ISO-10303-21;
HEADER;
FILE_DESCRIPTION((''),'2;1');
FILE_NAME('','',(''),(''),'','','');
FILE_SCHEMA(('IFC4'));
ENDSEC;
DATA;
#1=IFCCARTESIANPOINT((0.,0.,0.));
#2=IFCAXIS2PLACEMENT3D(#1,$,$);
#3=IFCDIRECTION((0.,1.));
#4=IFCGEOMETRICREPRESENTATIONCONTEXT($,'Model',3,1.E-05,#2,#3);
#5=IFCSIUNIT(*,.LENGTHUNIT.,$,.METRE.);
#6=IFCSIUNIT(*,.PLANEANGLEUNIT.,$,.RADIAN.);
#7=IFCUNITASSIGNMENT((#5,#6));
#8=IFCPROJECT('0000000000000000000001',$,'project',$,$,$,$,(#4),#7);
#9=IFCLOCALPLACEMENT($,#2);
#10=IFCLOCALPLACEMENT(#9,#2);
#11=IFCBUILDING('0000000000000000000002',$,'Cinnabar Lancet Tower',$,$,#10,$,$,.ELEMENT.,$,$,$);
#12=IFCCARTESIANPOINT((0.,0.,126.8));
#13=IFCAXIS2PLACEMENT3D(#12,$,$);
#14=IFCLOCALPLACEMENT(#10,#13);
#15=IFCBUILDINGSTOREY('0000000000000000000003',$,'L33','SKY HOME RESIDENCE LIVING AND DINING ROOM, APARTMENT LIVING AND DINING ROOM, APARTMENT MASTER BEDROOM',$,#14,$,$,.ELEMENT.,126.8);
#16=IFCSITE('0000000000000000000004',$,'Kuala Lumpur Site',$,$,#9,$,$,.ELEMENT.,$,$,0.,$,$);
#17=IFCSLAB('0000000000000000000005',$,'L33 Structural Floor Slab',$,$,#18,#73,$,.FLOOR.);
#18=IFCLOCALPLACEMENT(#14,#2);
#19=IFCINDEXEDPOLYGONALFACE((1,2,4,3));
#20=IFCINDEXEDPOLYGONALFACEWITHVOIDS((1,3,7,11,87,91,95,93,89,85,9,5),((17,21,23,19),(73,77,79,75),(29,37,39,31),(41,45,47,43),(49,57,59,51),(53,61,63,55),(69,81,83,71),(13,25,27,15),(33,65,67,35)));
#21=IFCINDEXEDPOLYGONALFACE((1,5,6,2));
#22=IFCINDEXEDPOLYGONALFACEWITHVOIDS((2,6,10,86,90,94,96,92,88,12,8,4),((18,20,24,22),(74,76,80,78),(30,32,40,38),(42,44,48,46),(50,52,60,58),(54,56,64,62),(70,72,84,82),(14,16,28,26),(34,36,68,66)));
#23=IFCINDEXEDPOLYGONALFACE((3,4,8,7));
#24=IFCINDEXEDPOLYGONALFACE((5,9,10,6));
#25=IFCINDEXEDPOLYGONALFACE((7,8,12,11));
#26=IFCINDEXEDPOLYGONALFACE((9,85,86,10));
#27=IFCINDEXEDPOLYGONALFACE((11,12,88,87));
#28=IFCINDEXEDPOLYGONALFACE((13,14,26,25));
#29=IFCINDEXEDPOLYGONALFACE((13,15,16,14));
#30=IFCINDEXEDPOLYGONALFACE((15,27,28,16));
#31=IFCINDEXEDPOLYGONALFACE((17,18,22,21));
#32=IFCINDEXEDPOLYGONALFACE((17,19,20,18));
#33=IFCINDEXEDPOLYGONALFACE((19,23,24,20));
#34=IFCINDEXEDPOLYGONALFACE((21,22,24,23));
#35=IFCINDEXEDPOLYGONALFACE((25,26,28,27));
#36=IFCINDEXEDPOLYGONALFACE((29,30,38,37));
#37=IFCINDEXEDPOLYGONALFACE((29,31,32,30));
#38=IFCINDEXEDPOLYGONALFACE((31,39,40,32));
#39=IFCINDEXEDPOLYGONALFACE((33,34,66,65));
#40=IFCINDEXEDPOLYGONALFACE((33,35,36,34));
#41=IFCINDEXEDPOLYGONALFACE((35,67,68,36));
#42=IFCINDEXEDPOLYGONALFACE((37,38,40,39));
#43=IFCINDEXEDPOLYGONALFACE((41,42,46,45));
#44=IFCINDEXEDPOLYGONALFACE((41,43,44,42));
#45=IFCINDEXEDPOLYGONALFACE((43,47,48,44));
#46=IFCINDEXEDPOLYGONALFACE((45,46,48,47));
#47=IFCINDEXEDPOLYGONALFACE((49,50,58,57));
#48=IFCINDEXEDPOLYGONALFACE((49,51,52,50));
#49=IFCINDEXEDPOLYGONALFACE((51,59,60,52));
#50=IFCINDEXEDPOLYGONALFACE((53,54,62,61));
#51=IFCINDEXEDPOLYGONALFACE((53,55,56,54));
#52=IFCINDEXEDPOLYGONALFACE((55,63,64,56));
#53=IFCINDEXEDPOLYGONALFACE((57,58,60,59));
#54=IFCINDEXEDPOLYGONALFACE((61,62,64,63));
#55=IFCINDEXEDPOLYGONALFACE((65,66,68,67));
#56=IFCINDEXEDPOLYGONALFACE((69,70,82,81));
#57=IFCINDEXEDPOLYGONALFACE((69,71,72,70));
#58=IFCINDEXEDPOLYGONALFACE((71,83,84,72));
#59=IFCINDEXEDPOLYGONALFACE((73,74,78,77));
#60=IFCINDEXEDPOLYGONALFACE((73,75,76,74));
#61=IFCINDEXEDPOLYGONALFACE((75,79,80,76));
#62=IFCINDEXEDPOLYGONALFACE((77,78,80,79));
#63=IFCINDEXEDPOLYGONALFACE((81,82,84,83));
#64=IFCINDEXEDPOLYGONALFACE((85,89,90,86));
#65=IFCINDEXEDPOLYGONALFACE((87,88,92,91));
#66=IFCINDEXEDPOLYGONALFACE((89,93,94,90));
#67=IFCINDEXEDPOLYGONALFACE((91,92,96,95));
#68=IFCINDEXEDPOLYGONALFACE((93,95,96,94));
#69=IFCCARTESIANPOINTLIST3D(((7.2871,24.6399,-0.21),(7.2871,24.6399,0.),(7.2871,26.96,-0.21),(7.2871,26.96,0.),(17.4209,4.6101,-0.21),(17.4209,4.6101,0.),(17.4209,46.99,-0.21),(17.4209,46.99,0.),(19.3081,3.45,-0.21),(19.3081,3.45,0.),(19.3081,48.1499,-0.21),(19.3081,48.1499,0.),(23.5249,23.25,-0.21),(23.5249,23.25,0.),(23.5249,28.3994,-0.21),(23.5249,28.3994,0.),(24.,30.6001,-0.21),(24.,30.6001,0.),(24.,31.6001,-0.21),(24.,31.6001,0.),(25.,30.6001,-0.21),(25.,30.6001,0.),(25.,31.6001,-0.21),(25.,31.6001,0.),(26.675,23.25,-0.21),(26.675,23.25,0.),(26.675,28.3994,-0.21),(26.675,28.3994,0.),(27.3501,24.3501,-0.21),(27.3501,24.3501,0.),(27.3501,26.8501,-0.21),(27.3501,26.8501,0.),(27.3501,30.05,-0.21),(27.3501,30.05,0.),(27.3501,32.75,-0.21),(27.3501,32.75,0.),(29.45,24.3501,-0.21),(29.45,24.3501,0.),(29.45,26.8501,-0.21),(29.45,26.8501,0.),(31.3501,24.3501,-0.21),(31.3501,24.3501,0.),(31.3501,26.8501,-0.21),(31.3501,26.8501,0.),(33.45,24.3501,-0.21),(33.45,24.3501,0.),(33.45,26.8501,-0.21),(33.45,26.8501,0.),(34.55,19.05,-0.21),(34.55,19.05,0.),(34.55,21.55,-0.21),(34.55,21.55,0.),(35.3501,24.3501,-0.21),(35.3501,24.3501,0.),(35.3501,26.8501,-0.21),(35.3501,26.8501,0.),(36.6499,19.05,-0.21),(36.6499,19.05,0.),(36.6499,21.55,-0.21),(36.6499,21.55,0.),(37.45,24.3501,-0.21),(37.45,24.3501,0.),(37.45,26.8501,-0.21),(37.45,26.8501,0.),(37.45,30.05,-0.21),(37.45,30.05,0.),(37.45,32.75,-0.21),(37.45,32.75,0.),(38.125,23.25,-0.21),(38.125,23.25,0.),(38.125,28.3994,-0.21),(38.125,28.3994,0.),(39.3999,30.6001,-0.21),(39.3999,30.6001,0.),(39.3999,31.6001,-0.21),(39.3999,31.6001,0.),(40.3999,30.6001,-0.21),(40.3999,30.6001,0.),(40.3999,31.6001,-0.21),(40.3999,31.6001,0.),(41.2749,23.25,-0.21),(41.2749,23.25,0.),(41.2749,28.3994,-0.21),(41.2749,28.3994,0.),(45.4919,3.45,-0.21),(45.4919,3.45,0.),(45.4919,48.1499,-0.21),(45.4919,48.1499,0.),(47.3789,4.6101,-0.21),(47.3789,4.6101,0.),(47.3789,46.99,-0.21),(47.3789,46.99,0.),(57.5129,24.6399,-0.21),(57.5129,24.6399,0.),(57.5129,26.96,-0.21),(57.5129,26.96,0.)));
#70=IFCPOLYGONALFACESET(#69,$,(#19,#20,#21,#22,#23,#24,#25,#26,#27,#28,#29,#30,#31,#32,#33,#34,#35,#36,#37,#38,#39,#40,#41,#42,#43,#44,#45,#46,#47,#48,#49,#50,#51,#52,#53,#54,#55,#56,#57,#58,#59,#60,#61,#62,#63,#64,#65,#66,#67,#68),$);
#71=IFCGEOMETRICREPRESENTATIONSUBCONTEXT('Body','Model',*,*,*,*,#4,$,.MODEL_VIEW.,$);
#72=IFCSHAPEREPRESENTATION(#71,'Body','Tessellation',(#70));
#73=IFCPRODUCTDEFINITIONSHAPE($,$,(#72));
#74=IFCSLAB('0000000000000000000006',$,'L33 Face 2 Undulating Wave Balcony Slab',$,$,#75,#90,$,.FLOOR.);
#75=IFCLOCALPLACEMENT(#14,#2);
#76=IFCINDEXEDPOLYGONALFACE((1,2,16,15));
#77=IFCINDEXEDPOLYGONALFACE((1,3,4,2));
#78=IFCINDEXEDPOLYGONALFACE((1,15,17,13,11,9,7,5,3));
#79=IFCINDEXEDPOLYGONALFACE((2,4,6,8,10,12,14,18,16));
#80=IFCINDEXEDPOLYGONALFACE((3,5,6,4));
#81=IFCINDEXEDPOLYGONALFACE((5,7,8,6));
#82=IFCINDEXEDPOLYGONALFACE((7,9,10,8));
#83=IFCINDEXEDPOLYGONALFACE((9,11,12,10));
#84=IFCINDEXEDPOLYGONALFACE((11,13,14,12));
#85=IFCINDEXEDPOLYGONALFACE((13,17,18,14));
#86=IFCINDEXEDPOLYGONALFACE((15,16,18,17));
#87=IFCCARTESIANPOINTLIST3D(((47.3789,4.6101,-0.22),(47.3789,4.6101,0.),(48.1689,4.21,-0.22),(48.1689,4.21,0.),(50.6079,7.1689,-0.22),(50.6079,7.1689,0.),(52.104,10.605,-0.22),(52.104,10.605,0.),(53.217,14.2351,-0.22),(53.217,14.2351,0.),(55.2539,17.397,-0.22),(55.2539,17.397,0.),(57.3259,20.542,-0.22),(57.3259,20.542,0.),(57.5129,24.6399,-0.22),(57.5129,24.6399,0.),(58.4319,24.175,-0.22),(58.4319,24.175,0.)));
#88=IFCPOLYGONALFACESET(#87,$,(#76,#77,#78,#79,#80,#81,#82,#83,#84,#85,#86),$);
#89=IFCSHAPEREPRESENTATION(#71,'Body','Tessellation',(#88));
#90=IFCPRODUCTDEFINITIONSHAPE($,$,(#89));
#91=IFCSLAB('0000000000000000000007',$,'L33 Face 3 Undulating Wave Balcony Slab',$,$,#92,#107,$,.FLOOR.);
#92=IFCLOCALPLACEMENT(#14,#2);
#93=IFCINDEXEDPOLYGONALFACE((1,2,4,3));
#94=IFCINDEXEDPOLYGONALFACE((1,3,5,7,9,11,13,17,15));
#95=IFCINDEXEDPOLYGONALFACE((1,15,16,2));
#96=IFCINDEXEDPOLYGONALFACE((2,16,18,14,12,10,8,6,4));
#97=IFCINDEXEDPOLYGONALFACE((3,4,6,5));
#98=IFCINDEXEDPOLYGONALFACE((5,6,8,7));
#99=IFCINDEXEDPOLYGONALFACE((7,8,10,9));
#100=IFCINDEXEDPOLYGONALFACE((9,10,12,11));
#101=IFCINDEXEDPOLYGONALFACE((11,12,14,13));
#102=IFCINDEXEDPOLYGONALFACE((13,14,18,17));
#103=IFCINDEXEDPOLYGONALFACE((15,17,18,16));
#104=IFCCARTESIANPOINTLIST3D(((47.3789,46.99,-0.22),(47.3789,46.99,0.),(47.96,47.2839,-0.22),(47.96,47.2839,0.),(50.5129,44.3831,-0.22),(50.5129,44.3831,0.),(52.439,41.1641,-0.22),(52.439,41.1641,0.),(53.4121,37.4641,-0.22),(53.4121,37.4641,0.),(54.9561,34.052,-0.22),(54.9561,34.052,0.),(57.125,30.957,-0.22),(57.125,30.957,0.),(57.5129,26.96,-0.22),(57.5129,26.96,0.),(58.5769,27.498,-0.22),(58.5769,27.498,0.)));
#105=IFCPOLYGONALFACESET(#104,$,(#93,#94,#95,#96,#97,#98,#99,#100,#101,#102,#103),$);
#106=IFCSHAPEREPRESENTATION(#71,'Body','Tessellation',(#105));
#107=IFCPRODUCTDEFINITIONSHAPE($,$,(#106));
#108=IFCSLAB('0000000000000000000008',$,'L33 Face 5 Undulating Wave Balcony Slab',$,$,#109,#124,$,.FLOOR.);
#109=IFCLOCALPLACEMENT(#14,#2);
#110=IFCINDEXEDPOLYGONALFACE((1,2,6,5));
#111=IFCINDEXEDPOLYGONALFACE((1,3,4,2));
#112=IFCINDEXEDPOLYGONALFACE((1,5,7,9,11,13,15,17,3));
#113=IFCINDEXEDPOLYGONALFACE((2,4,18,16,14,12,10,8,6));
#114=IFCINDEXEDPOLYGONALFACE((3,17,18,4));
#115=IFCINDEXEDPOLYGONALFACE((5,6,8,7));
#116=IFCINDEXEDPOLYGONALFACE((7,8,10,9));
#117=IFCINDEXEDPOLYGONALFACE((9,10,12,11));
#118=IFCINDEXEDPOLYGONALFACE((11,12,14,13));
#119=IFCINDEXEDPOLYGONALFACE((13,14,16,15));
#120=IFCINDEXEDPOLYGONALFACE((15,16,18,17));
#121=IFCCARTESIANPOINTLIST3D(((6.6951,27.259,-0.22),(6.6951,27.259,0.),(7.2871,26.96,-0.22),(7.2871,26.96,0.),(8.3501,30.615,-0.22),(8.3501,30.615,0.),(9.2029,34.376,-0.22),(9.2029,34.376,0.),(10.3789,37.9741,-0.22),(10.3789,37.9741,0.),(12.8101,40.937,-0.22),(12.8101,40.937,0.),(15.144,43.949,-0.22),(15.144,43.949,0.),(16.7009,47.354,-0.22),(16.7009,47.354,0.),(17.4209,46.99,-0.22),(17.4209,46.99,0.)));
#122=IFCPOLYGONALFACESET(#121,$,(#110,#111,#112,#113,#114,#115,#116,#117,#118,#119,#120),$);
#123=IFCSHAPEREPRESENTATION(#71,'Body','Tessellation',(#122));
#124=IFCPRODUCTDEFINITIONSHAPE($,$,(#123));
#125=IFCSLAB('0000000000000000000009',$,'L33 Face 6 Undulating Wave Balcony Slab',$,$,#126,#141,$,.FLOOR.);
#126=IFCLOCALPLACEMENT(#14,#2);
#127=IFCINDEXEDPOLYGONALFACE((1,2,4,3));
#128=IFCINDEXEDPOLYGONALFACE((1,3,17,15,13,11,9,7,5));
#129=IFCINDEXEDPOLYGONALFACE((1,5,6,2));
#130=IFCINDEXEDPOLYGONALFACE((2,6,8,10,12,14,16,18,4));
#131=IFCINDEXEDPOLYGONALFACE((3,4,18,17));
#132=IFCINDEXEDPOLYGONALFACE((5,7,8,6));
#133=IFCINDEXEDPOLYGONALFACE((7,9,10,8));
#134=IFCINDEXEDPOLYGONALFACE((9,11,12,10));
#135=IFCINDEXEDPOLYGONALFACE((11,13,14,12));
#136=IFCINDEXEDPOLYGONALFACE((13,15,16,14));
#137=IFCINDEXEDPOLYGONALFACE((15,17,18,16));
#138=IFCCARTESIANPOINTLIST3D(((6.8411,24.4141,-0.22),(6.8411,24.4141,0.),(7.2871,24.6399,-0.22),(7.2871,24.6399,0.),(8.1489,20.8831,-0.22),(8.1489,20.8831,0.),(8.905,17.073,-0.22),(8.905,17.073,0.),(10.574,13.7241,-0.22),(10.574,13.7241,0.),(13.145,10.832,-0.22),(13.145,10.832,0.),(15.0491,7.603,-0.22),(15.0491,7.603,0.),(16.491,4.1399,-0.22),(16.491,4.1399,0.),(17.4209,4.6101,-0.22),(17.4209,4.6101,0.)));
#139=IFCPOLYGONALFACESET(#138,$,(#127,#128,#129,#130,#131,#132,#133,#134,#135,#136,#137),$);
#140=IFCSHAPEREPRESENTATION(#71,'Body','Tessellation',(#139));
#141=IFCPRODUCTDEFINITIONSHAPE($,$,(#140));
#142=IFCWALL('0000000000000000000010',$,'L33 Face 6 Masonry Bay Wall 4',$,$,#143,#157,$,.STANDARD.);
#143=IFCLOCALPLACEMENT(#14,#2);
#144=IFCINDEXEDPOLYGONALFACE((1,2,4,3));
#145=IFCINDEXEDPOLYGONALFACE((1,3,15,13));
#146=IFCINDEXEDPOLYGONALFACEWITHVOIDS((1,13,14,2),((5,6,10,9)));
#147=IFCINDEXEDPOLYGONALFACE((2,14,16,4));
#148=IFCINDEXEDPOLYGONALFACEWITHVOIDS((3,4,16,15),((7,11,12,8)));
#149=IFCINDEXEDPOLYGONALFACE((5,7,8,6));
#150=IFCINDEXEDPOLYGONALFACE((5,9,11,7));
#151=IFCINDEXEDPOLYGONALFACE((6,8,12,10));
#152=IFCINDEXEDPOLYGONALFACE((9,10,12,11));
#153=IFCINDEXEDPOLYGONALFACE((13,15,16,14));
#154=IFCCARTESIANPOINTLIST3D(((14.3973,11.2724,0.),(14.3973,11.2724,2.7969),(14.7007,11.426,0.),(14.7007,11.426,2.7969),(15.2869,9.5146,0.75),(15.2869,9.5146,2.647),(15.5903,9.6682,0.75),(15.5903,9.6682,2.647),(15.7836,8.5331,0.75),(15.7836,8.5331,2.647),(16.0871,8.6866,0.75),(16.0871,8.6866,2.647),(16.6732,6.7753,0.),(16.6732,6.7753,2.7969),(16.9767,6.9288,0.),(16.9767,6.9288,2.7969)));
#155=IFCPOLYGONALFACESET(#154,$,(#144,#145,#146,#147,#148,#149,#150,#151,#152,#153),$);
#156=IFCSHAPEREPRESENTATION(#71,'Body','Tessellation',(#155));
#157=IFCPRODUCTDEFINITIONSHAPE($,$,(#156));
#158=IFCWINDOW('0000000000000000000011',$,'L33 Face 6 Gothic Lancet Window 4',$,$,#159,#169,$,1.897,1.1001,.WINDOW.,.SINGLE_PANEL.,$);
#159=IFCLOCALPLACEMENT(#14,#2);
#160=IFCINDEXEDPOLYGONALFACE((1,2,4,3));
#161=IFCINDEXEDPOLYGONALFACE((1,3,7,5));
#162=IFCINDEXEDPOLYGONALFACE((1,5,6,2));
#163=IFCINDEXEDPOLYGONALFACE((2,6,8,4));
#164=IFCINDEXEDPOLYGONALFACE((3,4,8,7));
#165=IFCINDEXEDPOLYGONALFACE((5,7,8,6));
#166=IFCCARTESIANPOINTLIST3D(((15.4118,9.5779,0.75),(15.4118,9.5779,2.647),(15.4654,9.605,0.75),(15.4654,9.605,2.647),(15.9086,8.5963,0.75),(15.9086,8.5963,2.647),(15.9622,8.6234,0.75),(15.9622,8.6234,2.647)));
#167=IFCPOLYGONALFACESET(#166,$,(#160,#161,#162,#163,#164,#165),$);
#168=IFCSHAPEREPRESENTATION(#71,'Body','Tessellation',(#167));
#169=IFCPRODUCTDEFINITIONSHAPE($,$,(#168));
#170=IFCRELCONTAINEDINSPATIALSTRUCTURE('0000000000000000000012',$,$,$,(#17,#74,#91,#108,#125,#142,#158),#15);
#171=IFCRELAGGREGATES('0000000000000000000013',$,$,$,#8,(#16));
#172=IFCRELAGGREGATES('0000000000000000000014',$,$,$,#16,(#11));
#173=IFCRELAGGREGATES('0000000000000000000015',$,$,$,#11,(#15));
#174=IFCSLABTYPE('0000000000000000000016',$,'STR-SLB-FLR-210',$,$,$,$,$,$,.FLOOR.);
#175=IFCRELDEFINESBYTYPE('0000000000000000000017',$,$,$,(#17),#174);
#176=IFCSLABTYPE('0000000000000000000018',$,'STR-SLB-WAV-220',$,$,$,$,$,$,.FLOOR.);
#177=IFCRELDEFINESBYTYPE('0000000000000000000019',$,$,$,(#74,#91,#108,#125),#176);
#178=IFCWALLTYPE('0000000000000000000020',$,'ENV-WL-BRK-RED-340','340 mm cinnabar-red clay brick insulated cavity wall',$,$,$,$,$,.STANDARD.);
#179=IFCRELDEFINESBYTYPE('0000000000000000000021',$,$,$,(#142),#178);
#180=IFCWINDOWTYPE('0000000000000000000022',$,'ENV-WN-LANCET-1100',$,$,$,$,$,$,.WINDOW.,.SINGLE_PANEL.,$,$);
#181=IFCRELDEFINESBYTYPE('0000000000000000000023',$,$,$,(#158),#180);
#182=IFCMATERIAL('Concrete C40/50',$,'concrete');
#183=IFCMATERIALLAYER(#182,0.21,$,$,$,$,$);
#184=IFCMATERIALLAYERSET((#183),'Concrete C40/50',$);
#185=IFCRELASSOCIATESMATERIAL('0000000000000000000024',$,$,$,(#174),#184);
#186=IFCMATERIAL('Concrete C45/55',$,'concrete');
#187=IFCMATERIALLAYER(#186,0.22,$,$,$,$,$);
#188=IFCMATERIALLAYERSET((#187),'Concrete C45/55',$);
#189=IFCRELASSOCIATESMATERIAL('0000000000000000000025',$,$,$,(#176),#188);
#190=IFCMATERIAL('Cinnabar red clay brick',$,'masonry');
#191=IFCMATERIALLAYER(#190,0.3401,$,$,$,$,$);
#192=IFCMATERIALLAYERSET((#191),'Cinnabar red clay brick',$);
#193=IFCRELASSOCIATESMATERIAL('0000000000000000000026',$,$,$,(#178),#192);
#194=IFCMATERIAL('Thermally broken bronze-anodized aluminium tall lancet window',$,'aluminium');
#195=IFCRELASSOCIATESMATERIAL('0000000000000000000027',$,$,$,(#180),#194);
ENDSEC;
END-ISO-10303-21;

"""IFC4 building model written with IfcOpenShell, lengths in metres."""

from ifc_helpers import new_model, si_unit, direction, frame, frame_2d, origin, place, context, subcontext, project, spatial, polyline, rectangle, outline, extrude, material, layer, layer_set, type_object, element, fill, save


model = new_model("IFC4")

# Units and contexts
model_context = context("Model", 3, precision=1e-05, world=origin(), true_north=direction((0.0, 1.0)))
body_context = subcontext(model_context, "Body", "Model", "MODEL_VIEW")
ifc_project = project(units=[si_unit("LENGTHUNIT", "METRE"), si_unit("PLANEANGLEUNIT", "RADIAN")], contexts=[model_context])

# Site, building, storey
site_placement = place(None, origin())
site = spatial("IfcSite", under=ifc_project, at=site_placement, Name="Kuala Lumpur Site", CompositionType="ELEMENT", RefElevation=0.0)
building_placement = place(site_placement, origin())
building = spatial("IfcBuilding", under=site, at=building_placement, Name="Cinnabar Lancet Tower", CompositionType="ELEMENT")
storey_placement = place(building_placement, frame((0.0, 0.0, 126.8)))
storey = spatial("IfcBuildingStorey", under=building, at=storey_placement, Name="L33", Description="SKY HOME RESIDENCE LIVING AND DINING ROOM, APARTMENT LIVING AND DINING ROOM, APARTMENT MASTER BEDROOM", CompositionType="ELEMENT", Elevation=126.8)

# Slabs
ifc_material_1 = material(Name="Concrete C40/50", Category="concrete")
ifc_layer_1 = layer(ifc_material_1, 0.21)
ifc_layer_set_1 = layer_set([ifc_layer_1], Name="Concrete C40/50")
slab_type_1 = type_object("IfcSlabType", Name="STR-SLB-FLR-210", PredefinedType="FLOOR", material=ifc_layer_set_1)
slab_1_placement = place(storey_placement, frame((0.0, 0.0, -0.21)))
element("IfcSlab", 1, at=slab_1_placement, inside=storey, type_object=slab_type_1, Name="L33 Structural Floor Slab", PredefinedType="FLOOR", context=body_context, shape_type="SweptSolid", body=[
    extrude(outline(polyline([(17.4209, 4.6101), (19.3081, 3.45), (45.4919, 3.45), (47.3789, 4.6101), (57.5129, 24.6399), (57.5129, 26.96), (47.3789, 46.99), (45.4919, 48.1499), (19.3081, 48.1499), (17.4209, 46.99), (7.2871, 26.96), (7.2871, 24.6399), (17.4209, 4.6101)]), holes=[polyline([(23.5249, 23.25), (26.675, 23.25), (26.675, 28.3994), (23.5249, 28.3994), (23.5249, 23.25)]), polyline([(38.125, 23.25), (41.2749, 23.25), (41.2749, 28.3994), (38.125, 28.3994), (38.125, 23.25)]), polyline([(27.3501, 30.05), (37.45, 30.05), (37.45, 32.75), (27.3501, 32.75), (27.3501, 30.05)]), polyline([(34.55, 19.05), (36.6499, 19.05), (36.6499, 21.55), (34.55, 21.55), (34.55, 19.05)]), polyline([(27.3501, 24.3501), (29.45, 24.3501), (29.45, 26.8501), (27.3501, 26.8501), (27.3501, 24.3501)]), polyline([(35.3501, 24.3501), (37.45, 24.3501), (37.45, 26.8501), (35.3501, 26.8501), (35.3501, 24.3501)]), polyline([(31.3501, 24.3501), (33.45, 24.3501), (33.45, 26.8501), (31.3501, 26.8501), (31.3501, 24.3501)]), polyline([(24.0, 30.6001), (25.0, 30.6001), (25.0, 31.6001), (24.0, 31.6001), (24.0, 30.6001)]), polyline([(39.3999, 30.6001), (40.3999, 30.6001), (40.3999, 31.6001), (39.3999, 31.6001), (39.3999, 30.6001)])]), origin(), (0.0, 0.0, 1.0), 0.21),
])
ifc_material_2 = material(Name="Concrete C45/55", Category="concrete")
ifc_layer_2 = layer(ifc_material_2, 0.22)
ifc_layer_set_2 = layer_set([ifc_layer_2], Name="Concrete C45/55")
slab_type_2 = type_object("IfcSlabType", Name="STR-SLB-WAV-220", PredefinedType="FLOOR", material=ifc_layer_set_2)
slab_2_placement = place(storey_placement, frame((0.0, 0.0, -0.22)))
element("IfcSlab", 2, at=slab_2_placement, inside=storey, type_object=slab_type_2, Name="L33 Face 2 Undulating Wave Balcony Slab", PredefinedType="FLOOR", context=body_context, shape_type="SweptSolid", body=[
    extrude(outline(polyline([(47.3789, 4.6101), (48.1689, 4.21), (50.6079, 7.1689), (52.104, 10.605), (53.217, 14.2351), (55.2539, 17.397), (57.3259, 20.542), (58.4319, 24.175), (57.5129, 24.6399), (47.3789, 4.6101)])), origin(), (0.0, 0.0, 1.0), 0.22),
])
slab_3_placement = place(storey_placement, frame((0.0, 0.0, -0.22)))
element("IfcSlab", 3, at=slab_3_placement, inside=storey, type_object=slab_type_2, Name="L33 Face 3 Undulating Wave Balcony Slab", PredefinedType="FLOOR", context=body_context, shape_type="SweptSolid", body=[
    extrude(outline(polyline([(57.5129, 26.96), (58.5769, 27.498), (57.125, 30.957), (54.9561, 34.052), (53.4121, 37.4641), (52.439, 41.1641), (50.5129, 44.3831), (47.96, 47.2839), (47.3789, 46.99), (57.5129, 26.96)])), origin(), (0.0, 0.0, 1.0), 0.22),
])
slab_4_placement = place(storey_placement, frame((0.0, 0.0, -0.22)))
element("IfcSlab", 4, at=slab_4_placement, inside=storey, type_object=slab_type_2, Name="L33 Face 5 Undulating Wave Balcony Slab", PredefinedType="FLOOR", context=body_context, shape_type="SweptSolid", body=[
    extrude(outline(polyline([(17.4209, 46.99), (16.7009, 47.354), (15.144, 43.949), (12.8101, 40.937), (10.3789, 37.9741), (9.2029, 34.376), (8.3501, 30.615), (6.6951, 27.259), (7.2871, 26.96), (17.4209, 46.99)])), origin(), (0.0, 0.0, 1.0), 0.22),
])
slab_5_placement = place(storey_placement, frame((0.0, 0.0, -0.22)))
element("IfcSlab", 5, at=slab_5_placement, inside=storey, type_object=slab_type_2, Name="L33 Face 6 Undulating Wave Balcony Slab", PredefinedType="FLOOR", context=body_context, shape_type="SweptSolid", body=[
    extrude(outline(polyline([(7.2871, 24.6399), (6.8411, 24.4141), (8.1489, 20.8831), (8.905, 17.073), (10.574, 13.7241), (13.145, 10.832), (15.0491, 7.603), (16.491, 4.1399), (17.4209, 4.6101), (7.2871, 24.6399)])), origin(), (0.0, 0.0, 1.0), 0.22),
])

# Wall, opening, window
ifc_material_3 = material(Name="Cinnabar red clay brick", Category="masonry")
ifc_layer_3 = layer(ifc_material_3, 0.3401)
ifc_layer_set_3 = layer_set([ifc_layer_3], Name="Cinnabar red clay brick")
wall_type = type_object("IfcWallType", Name="ENV-WL-BRK-RED-340", Description="340 mm cinnabar-red clay brick insulated cavity wall", PredefinedType="STANDARD", material=ifc_layer_set_3)
wall_1_placement = place(storey_placement, frame((14.5491, 11.3491, 0.0), z_axis=(0.0, 0.0, 1.0), x_axis=(0.451548, -0.892247, 0.0)))
wall_1 = element("IfcWall", 6, at=wall_1_placement, inside=storey, type_object=wall_type, Name="L33 Face 6 Masonry Bay Wall 4", PredefinedType="STANDARD", context=body_context, shape_type="SweptSolid", body=[
    extrude(rectangle(XDim=5.0403, YDim=0.3401, at=frame_2d((2.52, 0.0))), origin(), (0.0, 0.0, 1.0), 2.7969),
])
opening_placement = place(wall_1_placement, frame((1.97, 0.0, 0.75)))
opening = element("IfcOpeningElement", 7, at=opening_placement, cuts=wall_1, PredefinedType="OPENING", context=body_context, shape_type="SweptSolid", body=[
    extrude(rectangle(XDim=1.1001, YDim=1.897, at=frame_2d((0.55, 0.9485))), frame((0.0, 0.1799, 0.0), z_axis=(0.0, -1.0, 0.0), x_axis=(1.0, 0.0, 0.0)), (0.0, 0.0, 1.0), 0.3601),
])
ifc_material_4 = material(Name="Thermally broken bronze-anodized aluminium tall lancet window", Category="aluminium")
window_type = type_object("IfcWindowType", Name="ENV-WN-LANCET-1100", PartitioningType="SINGLE_PANEL", PredefinedType="WINDOW", material=ifc_material_4)
window_placement = place(opening_placement, origin())
window = element("IfcWindow", 8, at=window_placement, inside=storey, type_object=window_type, Name="L33 Face 6 Gothic Lancet Window 4", OverallHeight=1.897, OverallWidth=1.1001, PartitioningType="SINGLE_PANEL", PredefinedType="WINDOW", context=body_context, shape_type="SweptSolid", body=[
    extrude(rectangle(XDim=1.1001, YDim=1.897, at=frame_2d((0.55, 0.9485))), frame((0.0, 0.03, 0.0), z_axis=(0.0, -1.0, 0.0), x_axis=(1.0, 0.0, 0.0)), (0.0, 0.0, 1.0), 0.0601),
])
fill(opening, window)

save(model, "model.ifc")
